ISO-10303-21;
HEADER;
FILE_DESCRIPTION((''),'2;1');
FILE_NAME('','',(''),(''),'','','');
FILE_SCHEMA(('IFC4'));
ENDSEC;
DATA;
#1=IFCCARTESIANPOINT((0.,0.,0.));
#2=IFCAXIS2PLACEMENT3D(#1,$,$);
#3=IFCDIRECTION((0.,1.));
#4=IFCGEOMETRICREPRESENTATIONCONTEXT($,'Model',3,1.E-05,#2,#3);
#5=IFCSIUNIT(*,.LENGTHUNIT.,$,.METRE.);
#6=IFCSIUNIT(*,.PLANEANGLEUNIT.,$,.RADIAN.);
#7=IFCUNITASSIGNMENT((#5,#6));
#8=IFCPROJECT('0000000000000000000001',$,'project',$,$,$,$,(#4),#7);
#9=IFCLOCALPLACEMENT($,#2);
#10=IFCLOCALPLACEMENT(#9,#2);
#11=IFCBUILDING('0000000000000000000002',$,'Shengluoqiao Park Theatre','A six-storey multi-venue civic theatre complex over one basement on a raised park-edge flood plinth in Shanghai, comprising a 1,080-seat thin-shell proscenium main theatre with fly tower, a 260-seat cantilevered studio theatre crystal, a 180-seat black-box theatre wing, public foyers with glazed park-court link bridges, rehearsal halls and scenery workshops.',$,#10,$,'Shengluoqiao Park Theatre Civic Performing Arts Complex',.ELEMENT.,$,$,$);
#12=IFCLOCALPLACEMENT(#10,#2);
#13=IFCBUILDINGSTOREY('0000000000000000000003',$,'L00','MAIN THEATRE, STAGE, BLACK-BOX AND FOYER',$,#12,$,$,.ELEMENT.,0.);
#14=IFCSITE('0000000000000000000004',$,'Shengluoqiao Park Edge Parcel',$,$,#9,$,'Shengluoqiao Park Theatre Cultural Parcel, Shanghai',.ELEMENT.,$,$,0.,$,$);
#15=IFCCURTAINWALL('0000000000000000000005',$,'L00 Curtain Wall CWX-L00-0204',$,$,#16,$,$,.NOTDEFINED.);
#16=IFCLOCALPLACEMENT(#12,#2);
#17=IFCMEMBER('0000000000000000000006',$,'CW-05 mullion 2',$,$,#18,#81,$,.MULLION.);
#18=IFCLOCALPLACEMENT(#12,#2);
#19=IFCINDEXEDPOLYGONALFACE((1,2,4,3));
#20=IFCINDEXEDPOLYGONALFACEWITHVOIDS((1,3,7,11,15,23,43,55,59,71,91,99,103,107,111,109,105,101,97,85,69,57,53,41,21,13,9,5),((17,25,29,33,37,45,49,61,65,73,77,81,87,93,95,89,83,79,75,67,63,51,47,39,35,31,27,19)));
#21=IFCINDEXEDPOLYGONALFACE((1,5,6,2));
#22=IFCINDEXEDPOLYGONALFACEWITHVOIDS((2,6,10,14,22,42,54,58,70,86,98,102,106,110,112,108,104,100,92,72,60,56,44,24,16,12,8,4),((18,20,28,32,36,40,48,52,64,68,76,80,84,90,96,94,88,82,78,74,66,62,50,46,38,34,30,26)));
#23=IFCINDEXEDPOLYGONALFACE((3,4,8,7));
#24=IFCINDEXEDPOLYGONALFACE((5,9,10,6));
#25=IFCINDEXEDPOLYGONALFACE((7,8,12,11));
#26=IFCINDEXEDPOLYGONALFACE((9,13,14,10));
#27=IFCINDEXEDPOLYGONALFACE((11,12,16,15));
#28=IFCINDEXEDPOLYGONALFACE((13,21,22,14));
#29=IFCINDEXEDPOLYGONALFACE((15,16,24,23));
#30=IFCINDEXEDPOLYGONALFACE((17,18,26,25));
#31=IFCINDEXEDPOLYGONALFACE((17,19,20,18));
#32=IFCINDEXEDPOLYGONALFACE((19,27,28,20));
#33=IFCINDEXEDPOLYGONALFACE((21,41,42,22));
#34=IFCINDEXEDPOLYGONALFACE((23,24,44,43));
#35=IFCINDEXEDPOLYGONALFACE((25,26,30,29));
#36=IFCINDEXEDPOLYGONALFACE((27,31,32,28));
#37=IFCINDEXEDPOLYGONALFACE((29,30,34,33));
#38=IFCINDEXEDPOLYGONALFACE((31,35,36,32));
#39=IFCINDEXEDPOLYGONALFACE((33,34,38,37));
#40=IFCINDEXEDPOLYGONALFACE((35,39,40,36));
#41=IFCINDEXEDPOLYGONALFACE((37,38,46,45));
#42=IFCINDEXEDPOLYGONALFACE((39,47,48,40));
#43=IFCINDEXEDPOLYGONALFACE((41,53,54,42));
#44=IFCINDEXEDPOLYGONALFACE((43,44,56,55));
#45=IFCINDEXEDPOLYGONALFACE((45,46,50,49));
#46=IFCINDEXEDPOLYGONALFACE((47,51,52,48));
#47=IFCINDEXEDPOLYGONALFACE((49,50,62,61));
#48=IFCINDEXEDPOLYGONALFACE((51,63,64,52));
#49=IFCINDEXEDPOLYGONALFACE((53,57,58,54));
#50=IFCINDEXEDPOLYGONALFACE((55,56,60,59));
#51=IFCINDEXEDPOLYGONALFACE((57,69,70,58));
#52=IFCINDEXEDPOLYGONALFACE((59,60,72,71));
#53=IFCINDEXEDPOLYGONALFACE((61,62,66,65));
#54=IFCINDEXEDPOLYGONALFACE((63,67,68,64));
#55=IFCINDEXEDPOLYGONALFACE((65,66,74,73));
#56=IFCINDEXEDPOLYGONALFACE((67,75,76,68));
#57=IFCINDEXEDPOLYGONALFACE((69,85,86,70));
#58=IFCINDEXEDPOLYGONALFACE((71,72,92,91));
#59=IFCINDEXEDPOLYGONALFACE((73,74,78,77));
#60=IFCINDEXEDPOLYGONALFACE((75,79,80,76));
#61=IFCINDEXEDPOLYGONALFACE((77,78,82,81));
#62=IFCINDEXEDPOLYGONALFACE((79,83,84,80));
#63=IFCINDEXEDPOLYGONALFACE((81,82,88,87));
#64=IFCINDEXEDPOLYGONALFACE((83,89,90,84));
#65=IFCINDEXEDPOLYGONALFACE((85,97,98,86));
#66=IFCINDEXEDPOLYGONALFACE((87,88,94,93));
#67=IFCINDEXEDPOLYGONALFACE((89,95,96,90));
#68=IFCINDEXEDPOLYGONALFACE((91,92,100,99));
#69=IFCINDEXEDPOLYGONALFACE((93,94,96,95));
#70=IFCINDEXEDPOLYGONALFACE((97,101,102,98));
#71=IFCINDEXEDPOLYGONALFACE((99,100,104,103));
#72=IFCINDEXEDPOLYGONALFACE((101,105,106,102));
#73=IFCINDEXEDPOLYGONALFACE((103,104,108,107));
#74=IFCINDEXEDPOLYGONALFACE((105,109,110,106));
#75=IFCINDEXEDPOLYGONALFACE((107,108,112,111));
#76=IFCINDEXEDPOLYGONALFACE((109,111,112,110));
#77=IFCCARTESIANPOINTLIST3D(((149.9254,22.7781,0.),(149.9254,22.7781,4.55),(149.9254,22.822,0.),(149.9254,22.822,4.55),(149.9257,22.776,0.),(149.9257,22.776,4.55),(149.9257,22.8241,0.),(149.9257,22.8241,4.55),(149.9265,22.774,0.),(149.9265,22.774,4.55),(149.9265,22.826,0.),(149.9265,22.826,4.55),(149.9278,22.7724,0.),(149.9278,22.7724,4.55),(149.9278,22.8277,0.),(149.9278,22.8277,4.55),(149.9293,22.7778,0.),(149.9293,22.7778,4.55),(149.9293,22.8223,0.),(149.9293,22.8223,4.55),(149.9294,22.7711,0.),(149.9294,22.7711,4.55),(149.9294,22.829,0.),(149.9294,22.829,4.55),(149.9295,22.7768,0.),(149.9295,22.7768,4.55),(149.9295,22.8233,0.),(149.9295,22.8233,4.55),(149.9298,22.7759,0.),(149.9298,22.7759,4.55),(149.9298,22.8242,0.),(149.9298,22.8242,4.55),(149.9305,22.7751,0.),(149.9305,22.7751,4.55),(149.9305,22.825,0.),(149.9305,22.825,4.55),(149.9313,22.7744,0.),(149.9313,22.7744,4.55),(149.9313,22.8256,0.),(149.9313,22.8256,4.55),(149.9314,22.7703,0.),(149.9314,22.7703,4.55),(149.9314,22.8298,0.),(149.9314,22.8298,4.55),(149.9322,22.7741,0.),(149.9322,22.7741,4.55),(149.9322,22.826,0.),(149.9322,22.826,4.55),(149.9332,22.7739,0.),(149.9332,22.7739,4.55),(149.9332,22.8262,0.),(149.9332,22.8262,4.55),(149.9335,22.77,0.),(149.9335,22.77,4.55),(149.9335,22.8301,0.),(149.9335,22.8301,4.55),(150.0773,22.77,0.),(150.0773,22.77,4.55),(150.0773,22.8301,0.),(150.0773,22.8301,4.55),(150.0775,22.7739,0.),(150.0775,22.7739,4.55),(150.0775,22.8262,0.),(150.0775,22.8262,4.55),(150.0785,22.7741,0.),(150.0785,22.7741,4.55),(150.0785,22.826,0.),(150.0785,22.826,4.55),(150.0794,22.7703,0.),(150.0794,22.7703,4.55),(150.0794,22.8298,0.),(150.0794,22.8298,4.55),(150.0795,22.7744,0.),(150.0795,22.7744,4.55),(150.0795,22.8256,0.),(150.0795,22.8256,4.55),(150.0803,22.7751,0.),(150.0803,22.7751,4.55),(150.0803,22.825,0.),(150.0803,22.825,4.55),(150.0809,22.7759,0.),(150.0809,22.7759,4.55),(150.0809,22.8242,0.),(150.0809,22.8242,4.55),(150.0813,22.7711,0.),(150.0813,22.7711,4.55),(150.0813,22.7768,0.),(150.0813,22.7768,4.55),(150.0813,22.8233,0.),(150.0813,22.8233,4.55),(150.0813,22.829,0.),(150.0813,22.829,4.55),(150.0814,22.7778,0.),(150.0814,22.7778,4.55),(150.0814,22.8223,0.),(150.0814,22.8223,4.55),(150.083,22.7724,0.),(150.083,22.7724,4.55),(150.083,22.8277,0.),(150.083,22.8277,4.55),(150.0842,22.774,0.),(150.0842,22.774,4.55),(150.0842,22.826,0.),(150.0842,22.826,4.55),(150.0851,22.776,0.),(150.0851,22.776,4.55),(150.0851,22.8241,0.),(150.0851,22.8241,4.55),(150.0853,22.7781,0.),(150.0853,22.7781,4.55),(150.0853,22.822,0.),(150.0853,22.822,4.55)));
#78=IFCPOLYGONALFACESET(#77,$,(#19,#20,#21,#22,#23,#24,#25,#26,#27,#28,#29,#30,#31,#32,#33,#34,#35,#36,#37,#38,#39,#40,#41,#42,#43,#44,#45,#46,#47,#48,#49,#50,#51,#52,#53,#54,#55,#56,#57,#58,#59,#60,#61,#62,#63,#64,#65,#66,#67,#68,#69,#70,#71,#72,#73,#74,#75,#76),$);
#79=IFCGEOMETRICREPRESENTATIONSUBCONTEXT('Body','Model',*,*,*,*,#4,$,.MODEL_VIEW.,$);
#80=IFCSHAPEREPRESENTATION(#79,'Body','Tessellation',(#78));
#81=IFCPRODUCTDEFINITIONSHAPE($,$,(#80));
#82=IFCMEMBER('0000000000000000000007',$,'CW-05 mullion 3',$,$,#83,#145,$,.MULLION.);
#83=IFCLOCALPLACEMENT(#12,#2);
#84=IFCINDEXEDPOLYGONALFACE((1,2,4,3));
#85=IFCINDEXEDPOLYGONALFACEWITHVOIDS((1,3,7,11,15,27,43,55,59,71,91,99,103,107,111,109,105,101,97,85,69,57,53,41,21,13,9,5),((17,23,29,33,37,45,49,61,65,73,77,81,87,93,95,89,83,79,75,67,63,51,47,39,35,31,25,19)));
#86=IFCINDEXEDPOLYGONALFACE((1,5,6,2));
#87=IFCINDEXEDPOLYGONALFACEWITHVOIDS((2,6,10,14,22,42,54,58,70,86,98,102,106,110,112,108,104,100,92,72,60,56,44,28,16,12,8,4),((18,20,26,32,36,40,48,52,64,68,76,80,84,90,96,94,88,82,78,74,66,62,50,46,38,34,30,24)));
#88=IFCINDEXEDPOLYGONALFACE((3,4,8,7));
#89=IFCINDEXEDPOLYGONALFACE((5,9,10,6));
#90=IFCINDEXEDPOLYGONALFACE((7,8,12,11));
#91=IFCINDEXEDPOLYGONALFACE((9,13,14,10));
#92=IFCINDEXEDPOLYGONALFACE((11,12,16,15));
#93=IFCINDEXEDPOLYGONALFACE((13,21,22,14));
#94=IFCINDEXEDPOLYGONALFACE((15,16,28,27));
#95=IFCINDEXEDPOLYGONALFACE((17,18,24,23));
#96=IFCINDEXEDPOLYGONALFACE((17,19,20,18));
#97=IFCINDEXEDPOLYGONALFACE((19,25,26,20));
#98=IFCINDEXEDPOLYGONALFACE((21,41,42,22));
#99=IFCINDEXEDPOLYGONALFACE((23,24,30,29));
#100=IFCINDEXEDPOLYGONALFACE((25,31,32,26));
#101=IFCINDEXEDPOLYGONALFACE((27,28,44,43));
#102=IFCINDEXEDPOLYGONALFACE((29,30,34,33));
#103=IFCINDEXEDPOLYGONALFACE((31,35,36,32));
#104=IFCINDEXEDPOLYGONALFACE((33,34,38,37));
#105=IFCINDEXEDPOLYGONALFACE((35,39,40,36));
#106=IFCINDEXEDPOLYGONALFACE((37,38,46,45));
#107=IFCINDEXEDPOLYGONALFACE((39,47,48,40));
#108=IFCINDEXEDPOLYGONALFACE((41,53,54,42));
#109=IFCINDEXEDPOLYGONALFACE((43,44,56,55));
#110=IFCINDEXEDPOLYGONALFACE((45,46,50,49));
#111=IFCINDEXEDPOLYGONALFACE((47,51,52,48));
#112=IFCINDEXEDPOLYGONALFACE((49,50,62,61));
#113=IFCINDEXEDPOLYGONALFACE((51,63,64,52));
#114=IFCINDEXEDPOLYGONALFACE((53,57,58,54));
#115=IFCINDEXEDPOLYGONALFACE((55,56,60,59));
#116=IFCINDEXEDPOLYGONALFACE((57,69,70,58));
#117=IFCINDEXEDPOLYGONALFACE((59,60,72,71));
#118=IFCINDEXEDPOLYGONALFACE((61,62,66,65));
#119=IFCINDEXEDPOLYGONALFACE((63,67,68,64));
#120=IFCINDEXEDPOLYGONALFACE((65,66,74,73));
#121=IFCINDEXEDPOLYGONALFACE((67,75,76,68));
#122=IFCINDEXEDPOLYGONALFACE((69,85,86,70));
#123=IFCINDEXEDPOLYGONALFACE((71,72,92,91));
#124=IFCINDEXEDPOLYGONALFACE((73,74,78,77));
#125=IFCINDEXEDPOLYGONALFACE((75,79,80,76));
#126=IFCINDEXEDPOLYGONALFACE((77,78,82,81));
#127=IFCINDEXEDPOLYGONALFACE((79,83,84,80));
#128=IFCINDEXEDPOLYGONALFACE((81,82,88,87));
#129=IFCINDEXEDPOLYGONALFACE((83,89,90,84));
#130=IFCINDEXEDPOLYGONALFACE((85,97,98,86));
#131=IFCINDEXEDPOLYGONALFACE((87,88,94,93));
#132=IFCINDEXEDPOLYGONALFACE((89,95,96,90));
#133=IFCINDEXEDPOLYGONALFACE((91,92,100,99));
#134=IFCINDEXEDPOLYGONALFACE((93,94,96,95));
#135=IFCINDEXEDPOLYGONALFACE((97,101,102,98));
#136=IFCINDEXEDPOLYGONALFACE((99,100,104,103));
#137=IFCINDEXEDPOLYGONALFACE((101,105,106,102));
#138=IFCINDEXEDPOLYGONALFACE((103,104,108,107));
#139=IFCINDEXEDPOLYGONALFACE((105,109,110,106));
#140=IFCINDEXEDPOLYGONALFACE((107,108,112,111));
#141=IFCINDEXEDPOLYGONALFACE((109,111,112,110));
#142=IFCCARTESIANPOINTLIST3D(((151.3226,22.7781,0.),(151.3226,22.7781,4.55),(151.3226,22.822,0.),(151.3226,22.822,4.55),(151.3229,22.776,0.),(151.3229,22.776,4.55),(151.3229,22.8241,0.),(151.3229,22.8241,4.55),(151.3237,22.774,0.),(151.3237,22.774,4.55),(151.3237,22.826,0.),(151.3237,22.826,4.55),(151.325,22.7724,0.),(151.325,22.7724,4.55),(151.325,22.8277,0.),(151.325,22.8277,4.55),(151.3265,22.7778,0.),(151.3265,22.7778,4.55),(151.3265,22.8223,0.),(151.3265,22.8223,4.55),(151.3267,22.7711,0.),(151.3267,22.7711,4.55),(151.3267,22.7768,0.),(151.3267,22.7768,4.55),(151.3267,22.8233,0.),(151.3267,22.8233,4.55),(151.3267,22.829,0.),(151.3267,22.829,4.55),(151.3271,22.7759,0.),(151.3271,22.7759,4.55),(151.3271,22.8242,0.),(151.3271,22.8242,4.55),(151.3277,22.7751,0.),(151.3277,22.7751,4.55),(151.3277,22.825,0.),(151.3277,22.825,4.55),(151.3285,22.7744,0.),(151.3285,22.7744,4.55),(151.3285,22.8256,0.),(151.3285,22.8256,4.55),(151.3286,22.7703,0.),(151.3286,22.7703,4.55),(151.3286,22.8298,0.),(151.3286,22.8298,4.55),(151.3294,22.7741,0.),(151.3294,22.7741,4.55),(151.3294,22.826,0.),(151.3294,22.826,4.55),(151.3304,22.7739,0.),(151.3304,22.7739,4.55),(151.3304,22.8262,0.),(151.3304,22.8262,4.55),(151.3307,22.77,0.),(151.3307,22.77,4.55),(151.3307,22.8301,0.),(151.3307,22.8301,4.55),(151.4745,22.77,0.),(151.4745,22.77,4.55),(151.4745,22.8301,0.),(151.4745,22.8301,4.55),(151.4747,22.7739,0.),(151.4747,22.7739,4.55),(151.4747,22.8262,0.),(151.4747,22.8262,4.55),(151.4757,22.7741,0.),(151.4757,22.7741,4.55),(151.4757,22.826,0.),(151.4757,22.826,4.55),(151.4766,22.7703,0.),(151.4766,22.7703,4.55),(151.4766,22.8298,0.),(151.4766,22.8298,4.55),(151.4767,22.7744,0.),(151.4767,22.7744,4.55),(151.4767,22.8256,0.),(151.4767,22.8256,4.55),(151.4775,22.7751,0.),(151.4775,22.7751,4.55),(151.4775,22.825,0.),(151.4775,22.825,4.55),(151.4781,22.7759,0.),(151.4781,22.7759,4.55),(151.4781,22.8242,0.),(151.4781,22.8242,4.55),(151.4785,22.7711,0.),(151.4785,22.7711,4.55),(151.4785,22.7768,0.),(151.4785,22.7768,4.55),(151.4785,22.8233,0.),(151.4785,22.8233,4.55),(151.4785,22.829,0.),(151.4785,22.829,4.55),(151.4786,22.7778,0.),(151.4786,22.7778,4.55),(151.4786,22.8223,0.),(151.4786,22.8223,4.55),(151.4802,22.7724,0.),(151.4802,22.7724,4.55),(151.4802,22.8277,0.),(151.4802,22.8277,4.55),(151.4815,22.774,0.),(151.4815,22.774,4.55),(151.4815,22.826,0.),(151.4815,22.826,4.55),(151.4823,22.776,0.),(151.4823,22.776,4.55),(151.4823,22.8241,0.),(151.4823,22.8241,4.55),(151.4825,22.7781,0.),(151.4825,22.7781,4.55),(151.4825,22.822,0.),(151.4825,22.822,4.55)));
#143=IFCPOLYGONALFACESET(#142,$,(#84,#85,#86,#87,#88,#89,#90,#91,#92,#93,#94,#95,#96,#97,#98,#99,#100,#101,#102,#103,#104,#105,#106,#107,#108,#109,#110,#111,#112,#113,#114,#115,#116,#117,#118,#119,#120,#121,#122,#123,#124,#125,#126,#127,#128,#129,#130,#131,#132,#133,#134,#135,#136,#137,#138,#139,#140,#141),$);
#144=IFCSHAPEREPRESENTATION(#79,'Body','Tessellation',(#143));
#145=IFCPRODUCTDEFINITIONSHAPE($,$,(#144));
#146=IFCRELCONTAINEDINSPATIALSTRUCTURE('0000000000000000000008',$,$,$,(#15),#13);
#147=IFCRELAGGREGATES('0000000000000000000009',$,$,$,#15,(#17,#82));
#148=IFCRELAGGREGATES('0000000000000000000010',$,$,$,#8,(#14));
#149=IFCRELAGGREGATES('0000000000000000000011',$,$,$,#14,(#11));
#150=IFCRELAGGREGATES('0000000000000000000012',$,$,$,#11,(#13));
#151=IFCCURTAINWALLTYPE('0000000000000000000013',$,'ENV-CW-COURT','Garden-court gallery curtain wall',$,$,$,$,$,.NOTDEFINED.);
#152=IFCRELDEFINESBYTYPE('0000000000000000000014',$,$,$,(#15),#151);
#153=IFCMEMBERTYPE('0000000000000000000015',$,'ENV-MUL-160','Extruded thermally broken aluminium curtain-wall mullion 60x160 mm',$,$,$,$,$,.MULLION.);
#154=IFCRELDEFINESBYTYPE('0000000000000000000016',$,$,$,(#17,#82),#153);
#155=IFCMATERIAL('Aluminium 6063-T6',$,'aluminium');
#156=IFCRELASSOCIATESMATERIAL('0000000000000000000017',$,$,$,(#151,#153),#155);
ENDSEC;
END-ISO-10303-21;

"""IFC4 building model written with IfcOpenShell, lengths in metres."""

from ifc_helpers import new_model, si_unit, direction, frame, origin, origin_2d, place, context, subcontext, project, spatial, hollow_rectangle, extrude, material, material_profile, profile_set, type_object, element, aggregate, save


model = new_model("IFC4")

# Units and contexts
model_context = context("Model", 3, precision=1e-05, world=origin(), true_north=direction((0.0, 1.0)))
body_context = subcontext(model_context, "Body", "Model", "MODEL_VIEW")
ifc_project = project(units=[si_unit("LENGTHUNIT", "METRE"), si_unit("PLANEANGLEUNIT", "RADIAN")], contexts=[model_context])

# Site, building, storey
site_placement = place(None, origin())
site = spatial("IfcSite", under=ifc_project, at=site_placement, Name="Shengluoqiao Park Edge Parcel", LongName="Shengluoqiao Park Theatre Cultural Parcel, Shanghai", CompositionType="ELEMENT", RefElevation=0.0)
building_placement = place(site_placement, origin())
building = spatial("IfcBuilding", under=site, at=building_placement, Name="Shengluoqiao Park Theatre", Description="A six-storey multi-venue civic theatre complex over one basement on a raised park-edge flood plinth in Shanghai, comprising a 1,080-seat thin-shell proscenium main theatre with fly tower, a 260-seat cantilevered studio theatre crystal, a 180-seat black-box theatre wing, public foyers with glazed park-court link bridges, rehearsal halls and scenery workshops.", LongName="Shengluoqiao Park Theatre Civic Performing Arts Complex", CompositionType="ELEMENT")
storey_placement = place(building_placement, origin())
storey = spatial("IfcBuildingStorey", under=building, at=storey_placement, Name="L00", Description="MAIN THEATRE, STAGE, BLACK-BOX AND FOYER", CompositionType="ELEMENT", Elevation=0.0)

# Curtain wall, members
ifc_material_1 = material(Name="Aluminium 6063-T6", Category="aluminium")
curtain_wall_type = type_object("IfcCurtainWallType", Name="ENV-CW-COURT", Description="Garden-court gallery curtain wall", PredefinedType="NOTDEFINED", material=ifc_material_1)
curtain_wall_placement = place(storey_placement, origin())
curtain_wall = element("IfcCurtainWall", 1, at=curtain_wall_placement, inside=storey, type_object=curtain_wall_type, Name="L00 Curtain Wall CWX-L00-0204", PredefinedType="NOTDEFINED")
ifc_material_profile_1 = material_profile(ifc_material_1, hollow_rectangle(XDim=0.0601, YDim=0.1599, WallThickness=0.0039, InnerFilletRadius=0.0039, OuterFilletRadius=0.0081, at=origin_2d()), Name="ALU MULLION 160x60x4")
ifc_profile_set_1 = profile_set([ifc_material_profile_1], Name="Aluminium 6063-T6")
member_type_1 = type_object("IfcMemberType", Name="ENV-MUL-160", Description="Extruded thermally broken aluminium curtain-wall mullion 60x160 mm", PredefinedType="MULLION", material=ifc_profile_set_1)
member_1_placement = place(storey_placement, frame((150.0054, 22.8, 0.0), z_axis=(0.0, 0.0, 1.0), x_axis=(0.0, 1.0, 0.0)))
member_1 = element("IfcMember", 2, at=member_1_placement, type_object=member_type_1, Name="CW-05 mullion 2", PredefinedType="MULLION", context=body_context, shape_type="SweptSolid", body=[
    extrude(hollow_rectangle(XDim=0.0601, YDim=0.1599, WallThickness=0.0039, InnerFilletRadius=0.0039, OuterFilletRadius=0.0081, at=origin_2d()), origin(), (0.0, 0.0, 1.0), 4.55),
])
member_2_placement = place(storey_placement, frame((151.4026, 22.8, 0.0), z_axis=(0.0, 0.0, 1.0), x_axis=(0.0, 1.0, 0.0)))
member_2 = element("IfcMember", 3, at=member_2_placement, type_object=member_type_1, Name="CW-05 mullion 3", PredefinedType="MULLION", context=body_context, shape_type="SweptSolid", body=[
    extrude(hollow_rectangle(XDim=0.0601, YDim=0.1599, WallThickness=0.0039, InnerFilletRadius=0.0039, OuterFilletRadius=0.0081, at=origin_2d()), origin(), (0.0, 0.0, 1.0), 4.55),
])
aggregate(curtain_wall, [member_1, member_2])

save(model, "model.ifc")
